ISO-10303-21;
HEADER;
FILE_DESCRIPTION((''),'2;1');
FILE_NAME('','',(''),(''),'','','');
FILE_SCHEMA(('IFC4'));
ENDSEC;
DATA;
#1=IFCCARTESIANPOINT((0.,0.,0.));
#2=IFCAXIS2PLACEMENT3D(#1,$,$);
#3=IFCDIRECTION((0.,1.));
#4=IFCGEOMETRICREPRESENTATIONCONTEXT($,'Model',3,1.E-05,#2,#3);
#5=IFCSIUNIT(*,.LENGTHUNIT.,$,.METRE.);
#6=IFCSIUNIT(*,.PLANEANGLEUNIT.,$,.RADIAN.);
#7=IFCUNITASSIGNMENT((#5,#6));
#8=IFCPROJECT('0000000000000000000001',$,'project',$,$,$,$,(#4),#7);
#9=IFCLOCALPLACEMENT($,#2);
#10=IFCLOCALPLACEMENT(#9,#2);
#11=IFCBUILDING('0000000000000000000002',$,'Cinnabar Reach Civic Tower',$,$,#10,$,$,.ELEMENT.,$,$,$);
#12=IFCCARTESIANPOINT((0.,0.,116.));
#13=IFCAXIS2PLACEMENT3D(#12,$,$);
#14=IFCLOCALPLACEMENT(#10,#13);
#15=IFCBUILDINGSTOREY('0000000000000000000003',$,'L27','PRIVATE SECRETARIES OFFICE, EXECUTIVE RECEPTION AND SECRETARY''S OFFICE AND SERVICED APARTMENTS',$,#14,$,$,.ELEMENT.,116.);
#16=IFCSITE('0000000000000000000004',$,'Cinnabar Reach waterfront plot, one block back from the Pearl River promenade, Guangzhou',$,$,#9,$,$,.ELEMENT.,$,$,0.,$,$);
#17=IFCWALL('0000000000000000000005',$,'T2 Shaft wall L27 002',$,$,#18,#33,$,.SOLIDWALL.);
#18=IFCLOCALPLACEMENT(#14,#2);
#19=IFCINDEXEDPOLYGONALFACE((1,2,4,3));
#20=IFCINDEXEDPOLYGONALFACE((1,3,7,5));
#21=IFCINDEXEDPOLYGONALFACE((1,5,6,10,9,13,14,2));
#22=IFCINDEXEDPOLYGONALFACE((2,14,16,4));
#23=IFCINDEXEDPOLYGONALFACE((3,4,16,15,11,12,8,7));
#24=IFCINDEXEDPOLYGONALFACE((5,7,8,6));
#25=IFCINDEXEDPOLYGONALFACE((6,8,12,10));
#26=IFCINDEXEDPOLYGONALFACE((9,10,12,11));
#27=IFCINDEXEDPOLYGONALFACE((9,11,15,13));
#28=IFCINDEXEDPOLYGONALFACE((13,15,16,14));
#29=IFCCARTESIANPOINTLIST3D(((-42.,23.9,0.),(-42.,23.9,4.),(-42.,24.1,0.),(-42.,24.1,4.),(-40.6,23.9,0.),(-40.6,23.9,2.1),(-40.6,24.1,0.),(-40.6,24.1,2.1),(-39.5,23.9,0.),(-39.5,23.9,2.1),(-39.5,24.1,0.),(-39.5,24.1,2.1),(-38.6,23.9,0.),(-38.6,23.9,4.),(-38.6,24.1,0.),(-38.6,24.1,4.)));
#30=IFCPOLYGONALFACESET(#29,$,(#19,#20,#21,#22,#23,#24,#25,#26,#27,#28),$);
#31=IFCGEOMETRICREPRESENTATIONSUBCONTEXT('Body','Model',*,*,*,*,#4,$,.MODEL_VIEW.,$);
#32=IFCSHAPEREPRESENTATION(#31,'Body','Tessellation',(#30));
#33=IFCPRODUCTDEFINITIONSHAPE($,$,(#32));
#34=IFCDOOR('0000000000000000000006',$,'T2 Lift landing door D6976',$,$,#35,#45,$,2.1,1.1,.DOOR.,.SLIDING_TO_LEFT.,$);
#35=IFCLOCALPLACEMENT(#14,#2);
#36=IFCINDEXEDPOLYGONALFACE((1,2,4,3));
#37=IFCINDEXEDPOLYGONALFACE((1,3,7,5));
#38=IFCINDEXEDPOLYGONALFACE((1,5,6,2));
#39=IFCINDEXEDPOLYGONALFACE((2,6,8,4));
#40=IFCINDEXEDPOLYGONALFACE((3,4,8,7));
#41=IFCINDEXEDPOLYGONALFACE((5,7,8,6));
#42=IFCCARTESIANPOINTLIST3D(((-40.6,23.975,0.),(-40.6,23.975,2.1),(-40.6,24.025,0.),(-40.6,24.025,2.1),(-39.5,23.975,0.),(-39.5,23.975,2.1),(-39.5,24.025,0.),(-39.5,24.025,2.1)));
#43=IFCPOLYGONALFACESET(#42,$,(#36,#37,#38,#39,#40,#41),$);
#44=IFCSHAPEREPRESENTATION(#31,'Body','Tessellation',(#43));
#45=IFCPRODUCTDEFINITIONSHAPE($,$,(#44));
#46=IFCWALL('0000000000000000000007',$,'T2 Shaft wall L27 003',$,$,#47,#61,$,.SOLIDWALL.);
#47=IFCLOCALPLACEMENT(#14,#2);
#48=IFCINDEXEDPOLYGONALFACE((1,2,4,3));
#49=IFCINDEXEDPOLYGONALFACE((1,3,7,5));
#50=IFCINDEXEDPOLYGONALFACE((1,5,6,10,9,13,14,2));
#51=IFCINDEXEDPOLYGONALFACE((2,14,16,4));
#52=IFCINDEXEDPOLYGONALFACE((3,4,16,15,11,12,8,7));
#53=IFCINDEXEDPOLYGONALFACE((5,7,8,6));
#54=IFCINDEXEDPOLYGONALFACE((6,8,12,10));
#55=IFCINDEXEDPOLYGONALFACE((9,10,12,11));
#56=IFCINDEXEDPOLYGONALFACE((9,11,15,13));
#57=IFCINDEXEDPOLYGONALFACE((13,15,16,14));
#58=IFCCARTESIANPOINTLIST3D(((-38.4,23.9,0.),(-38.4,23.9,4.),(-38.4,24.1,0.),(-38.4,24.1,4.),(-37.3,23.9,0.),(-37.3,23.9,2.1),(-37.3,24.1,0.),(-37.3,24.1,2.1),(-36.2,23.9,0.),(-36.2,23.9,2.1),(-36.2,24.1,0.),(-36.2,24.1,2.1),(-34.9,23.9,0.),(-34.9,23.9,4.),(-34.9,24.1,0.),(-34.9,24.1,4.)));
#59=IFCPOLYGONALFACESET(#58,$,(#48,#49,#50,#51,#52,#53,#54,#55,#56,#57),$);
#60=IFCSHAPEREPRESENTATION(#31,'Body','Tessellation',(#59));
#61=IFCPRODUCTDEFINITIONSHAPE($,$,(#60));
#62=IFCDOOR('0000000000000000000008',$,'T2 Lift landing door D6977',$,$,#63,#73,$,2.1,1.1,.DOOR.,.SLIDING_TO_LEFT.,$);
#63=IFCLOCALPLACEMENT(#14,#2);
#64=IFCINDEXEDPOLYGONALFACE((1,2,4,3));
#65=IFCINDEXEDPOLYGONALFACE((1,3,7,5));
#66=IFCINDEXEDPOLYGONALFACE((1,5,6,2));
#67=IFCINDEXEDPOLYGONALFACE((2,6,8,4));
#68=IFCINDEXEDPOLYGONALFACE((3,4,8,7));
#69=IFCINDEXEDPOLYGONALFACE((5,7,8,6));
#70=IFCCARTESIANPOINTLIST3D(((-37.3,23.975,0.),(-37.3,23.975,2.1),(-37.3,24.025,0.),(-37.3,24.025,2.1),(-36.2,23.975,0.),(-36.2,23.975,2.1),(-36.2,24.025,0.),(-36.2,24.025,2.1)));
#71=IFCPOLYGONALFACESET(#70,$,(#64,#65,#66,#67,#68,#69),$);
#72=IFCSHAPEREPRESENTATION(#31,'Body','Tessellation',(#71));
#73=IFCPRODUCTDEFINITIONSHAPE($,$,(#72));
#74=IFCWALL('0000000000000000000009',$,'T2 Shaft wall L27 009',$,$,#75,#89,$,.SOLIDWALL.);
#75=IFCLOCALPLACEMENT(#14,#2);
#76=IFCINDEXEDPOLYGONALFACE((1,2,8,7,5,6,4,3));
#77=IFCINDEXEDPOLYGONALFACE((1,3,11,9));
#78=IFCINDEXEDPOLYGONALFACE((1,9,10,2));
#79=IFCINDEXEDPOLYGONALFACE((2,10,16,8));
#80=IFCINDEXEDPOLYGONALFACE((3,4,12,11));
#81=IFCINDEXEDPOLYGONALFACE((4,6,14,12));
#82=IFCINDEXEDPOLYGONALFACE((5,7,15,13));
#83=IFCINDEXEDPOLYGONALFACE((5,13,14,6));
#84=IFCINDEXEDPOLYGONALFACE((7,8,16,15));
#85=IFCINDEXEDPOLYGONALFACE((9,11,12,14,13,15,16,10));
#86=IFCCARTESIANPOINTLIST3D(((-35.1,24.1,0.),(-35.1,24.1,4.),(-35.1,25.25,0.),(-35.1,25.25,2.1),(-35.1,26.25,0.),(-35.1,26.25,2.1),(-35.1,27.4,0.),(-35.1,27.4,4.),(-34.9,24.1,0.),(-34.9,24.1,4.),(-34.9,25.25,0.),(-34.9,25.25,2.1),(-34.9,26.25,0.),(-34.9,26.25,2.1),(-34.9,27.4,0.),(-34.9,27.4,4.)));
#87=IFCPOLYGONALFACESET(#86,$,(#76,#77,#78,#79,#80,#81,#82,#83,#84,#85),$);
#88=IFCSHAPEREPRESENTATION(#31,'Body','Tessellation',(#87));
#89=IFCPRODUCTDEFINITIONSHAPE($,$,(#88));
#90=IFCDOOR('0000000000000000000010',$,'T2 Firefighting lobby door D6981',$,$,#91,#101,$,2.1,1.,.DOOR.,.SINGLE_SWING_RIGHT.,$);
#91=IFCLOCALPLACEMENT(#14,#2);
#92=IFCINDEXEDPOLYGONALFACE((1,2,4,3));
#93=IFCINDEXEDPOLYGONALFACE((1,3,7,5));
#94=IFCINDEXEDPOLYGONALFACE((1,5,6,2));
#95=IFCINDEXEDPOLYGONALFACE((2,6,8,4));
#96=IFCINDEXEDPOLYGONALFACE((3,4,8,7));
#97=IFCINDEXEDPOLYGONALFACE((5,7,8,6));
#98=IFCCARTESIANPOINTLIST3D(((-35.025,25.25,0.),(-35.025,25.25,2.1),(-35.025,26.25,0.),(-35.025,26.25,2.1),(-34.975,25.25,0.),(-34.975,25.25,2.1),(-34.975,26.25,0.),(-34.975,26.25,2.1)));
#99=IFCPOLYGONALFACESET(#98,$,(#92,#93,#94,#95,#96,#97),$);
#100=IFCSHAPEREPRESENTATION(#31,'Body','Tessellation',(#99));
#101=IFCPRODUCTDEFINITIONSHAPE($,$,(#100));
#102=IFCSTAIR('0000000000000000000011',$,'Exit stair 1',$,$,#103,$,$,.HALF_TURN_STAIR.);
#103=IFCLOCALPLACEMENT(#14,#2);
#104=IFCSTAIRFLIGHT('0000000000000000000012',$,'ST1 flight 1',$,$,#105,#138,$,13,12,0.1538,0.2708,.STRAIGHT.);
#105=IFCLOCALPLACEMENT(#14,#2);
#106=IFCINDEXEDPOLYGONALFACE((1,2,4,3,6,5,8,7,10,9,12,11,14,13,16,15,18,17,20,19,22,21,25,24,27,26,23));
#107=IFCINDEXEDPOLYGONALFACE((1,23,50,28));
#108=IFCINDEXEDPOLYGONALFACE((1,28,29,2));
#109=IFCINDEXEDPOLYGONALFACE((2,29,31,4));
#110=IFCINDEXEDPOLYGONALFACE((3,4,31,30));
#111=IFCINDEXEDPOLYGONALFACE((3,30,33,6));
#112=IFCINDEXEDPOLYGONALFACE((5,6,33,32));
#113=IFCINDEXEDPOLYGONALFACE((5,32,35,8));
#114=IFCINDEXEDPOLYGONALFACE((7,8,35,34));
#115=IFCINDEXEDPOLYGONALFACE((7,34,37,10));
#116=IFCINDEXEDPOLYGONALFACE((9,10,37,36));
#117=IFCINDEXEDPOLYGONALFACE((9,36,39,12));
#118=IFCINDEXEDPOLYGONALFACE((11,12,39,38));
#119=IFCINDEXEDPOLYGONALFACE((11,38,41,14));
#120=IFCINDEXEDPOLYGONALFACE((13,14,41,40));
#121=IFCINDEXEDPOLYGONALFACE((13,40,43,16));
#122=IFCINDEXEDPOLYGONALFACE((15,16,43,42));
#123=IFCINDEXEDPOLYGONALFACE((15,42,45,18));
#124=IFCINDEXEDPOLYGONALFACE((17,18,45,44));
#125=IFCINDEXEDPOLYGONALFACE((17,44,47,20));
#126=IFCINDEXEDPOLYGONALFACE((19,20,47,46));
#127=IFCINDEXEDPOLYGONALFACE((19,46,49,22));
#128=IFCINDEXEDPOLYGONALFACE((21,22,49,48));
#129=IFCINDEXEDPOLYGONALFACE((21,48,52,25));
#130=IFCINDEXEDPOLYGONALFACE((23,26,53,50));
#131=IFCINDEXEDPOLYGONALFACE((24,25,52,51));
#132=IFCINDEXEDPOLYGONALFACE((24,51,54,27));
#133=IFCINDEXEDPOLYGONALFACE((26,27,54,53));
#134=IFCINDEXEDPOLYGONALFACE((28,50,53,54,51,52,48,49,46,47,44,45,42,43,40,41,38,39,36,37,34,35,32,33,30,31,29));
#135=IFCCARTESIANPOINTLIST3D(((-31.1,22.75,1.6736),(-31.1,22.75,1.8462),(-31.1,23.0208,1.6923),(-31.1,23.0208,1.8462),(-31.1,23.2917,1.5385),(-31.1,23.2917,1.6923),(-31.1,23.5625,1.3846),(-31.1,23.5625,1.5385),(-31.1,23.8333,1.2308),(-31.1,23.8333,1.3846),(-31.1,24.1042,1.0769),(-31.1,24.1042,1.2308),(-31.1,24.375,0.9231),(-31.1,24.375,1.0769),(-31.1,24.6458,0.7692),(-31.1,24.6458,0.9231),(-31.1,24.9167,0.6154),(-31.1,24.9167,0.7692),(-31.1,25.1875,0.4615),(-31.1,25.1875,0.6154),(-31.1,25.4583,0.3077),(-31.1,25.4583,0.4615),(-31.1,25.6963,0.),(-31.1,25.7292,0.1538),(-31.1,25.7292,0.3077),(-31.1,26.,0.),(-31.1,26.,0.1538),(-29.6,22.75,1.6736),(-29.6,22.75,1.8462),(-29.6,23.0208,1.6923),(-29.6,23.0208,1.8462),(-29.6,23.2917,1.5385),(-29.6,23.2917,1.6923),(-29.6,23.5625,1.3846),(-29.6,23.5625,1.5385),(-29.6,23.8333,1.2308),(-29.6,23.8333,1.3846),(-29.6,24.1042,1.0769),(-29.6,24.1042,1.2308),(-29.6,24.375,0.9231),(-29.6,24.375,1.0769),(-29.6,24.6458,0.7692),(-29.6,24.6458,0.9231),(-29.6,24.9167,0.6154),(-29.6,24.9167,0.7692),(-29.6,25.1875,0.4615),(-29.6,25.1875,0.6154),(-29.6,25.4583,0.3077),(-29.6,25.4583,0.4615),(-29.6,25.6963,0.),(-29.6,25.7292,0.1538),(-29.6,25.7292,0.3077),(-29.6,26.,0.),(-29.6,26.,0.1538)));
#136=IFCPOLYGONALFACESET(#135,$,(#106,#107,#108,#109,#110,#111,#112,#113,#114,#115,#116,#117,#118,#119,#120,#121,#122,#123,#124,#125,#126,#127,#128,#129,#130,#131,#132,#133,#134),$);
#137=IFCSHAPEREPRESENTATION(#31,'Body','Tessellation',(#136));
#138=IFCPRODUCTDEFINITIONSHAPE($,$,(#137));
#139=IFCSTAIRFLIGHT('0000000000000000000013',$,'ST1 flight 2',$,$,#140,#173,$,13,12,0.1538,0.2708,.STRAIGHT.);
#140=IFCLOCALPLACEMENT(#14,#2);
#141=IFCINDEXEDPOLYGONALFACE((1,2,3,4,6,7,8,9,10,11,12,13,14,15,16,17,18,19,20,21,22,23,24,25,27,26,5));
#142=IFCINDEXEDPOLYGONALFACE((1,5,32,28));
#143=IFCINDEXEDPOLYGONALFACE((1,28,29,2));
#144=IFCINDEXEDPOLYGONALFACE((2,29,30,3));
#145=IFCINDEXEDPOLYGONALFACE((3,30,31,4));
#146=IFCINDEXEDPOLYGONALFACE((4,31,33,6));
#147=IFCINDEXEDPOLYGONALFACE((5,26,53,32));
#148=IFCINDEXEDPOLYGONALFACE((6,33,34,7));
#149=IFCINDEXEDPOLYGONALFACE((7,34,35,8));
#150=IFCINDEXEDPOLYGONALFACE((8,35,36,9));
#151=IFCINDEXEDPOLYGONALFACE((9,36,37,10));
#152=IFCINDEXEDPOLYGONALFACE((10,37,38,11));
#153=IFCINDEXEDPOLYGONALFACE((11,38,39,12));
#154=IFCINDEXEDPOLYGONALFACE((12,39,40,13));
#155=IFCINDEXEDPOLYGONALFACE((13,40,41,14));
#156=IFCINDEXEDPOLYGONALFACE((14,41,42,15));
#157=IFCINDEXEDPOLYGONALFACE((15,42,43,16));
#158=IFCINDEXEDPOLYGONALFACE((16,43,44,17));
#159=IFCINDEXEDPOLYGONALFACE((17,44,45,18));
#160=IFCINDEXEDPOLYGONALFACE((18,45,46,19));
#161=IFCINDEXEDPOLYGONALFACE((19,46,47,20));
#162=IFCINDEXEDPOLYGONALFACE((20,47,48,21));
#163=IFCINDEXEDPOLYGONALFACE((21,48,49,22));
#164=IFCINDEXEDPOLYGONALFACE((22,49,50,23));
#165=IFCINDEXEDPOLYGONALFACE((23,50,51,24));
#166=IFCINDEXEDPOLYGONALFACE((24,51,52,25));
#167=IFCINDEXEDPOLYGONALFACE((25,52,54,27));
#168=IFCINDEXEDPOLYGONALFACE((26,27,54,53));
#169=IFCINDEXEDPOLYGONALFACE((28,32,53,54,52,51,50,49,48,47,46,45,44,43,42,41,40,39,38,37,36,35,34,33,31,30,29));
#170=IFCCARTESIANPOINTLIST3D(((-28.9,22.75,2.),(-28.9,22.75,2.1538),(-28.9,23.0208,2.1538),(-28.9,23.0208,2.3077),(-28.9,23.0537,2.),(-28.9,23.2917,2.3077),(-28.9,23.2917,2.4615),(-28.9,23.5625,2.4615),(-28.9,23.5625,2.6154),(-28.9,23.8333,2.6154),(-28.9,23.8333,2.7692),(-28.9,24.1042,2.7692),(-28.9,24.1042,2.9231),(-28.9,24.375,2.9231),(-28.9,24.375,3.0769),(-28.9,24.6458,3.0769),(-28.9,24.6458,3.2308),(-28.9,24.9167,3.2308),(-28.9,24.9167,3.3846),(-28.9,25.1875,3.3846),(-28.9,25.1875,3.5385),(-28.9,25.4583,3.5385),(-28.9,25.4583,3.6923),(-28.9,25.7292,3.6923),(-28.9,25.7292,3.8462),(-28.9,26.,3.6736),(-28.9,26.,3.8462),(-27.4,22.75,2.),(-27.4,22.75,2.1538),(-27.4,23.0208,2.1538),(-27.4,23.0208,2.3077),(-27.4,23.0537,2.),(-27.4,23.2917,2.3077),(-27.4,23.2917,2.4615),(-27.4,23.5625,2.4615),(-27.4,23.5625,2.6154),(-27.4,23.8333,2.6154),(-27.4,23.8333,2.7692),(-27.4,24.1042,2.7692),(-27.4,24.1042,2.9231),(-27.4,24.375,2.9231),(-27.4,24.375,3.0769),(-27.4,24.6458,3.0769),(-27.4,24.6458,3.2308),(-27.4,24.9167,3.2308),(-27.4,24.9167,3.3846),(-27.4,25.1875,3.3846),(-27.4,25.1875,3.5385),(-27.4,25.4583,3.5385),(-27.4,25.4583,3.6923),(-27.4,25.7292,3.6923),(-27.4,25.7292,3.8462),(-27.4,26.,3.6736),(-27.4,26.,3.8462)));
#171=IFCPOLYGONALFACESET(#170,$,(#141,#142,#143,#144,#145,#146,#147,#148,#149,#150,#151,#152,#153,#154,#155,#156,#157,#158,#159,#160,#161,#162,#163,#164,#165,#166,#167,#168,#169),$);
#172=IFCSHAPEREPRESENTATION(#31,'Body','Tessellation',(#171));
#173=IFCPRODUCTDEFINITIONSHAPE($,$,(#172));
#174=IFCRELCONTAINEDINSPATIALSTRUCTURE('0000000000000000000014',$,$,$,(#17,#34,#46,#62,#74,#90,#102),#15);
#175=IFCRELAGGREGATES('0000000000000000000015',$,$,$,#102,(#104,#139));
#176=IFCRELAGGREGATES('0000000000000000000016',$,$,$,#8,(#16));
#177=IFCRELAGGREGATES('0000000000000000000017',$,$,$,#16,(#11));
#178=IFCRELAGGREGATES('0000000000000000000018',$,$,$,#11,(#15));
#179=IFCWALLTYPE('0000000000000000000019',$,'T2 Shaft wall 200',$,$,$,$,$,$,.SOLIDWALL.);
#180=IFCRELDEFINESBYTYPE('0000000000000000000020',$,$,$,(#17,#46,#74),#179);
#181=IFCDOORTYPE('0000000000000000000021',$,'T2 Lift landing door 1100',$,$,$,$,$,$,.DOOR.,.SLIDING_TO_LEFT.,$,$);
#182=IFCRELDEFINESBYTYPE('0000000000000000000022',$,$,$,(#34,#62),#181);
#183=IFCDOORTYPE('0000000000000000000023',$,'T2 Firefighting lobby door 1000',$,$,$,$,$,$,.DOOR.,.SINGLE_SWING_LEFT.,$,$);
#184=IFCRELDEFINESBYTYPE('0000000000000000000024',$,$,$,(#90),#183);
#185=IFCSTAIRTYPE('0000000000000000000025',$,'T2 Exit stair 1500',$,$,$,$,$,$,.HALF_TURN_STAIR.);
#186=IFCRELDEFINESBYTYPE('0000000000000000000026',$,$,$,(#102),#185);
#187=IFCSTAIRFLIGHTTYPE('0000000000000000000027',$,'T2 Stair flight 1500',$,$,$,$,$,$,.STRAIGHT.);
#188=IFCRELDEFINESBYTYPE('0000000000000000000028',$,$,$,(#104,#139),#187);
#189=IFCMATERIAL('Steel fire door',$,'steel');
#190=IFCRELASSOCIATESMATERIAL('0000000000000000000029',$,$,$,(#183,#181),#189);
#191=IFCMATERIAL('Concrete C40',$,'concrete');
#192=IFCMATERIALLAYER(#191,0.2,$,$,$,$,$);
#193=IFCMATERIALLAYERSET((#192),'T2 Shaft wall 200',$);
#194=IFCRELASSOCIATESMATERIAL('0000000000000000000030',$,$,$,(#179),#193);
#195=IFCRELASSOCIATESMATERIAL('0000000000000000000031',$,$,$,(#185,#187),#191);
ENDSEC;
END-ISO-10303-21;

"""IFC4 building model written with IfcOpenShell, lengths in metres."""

from ifc_helpers import new_model, si_unit, direction, frame, frame_2d, origin, place, context, subcontext, project, spatial, polyline, rectangle, outline, extrude, material, layer, layer_set, type_object, element, fill, aggregate, save


model = new_model("IFC4")

# Units and contexts
model_context = context("Model", 3, precision=1e-05, world=origin(), true_north=direction((0.0, 1.0)))
body_context = subcontext(model_context, "Body", "Model", "MODEL_VIEW")
ifc_project = project(units=[si_unit("LENGTHUNIT", "METRE"), si_unit("PLANEANGLEUNIT", "RADIAN")], contexts=[model_context])

# Site, building, storey
site_placement = place(None, origin())
site = spatial("IfcSite", under=ifc_project, at=site_placement, Name="Cinnabar Reach waterfront plot, one block back from the Pearl River promenade, Guangzhou", CompositionType="ELEMENT", RefElevation=0.0)
building_placement = place(site_placement, origin())
building = spatial("IfcBuilding", under=site, at=building_placement, Name="Cinnabar Reach Civic Tower", CompositionType="ELEMENT")
storey_placement = place(building_placement, frame((0.0, 0.0, 116.0)))
storey = spatial("IfcBuildingStorey", under=building, at=storey_placement, Name="L27", Description="PRIVATE SECRETARIES OFFICE, EXECUTIVE RECEPTION AND SECRETARY'S OFFICE AND SERVICED APARTMENTS", CompositionType="ELEMENT", Elevation=116.0)

# Shared definitions
ifc_material_1 = material(Name="Steel fire door", Category="steel")
door_type_1 = type_object("IfcDoorType", Name="T2 Firefighting lobby door 1000", OperationType="SINGLE_SWING_LEFT", PredefinedType="DOOR", material=ifc_material_1)

# Shared definitions
ifc_material_2 = material(Name="Concrete C40", Category="concrete")
ifc_layer_1 = layer(ifc_material_2, 0.2)
ifc_layer_set_1 = layer_set([ifc_layer_1], Name="T2 Shaft wall 200")
wall_type_1 = type_object("IfcWallType", Name="T2 Shaft wall 200", PredefinedType="SOLIDWALL", material=ifc_layer_set_1)

# Walls, openings, doors
wall_1_placement = place(storey_placement, frame((-38.6, 24.0, 0.0), z_axis=(0.0, 0.0, 1.0), x_axis=(-1.0, 0.0, 0.0)))
wall_1 = element("IfcWall", 1, at=wall_1_placement, inside=storey, type_object=wall_type_1, Name="T2 Shaft wall L27 002", PredefinedType="SOLIDWALL", context=body_context, shape_type="SweptSolid", body=[
    extrude(rectangle(XDim=3.4, YDim=0.2, at=frame_2d((1.7, 0.0))), origin(), (0.0, 0.0, 1.0), 4.0),
])
opening_1_placement = place(wall_1_placement, frame((0.9, 0.0, 0.0)))
opening_1 = element("IfcOpeningElement", 2, at=opening_1_placement, cuts=wall_1, PredefinedType="OPENING", context=body_context, shape_type="SweptSolid", body=[
    extrude(rectangle(XDim=1.1, YDim=2.1, at=frame_2d((0.55, 1.05))), frame((0.0, 0.11, 0.0), z_axis=(0.0, -1.0, 0.0), x_axis=(1.0, 0.0, 0.0)), (0.0, 0.0, 1.0), 0.22),
])
door_type_2 = type_object("IfcDoorType", Name="T2 Lift landing door 1100", OperationType="SLIDING_TO_LEFT", PredefinedType="DOOR", material=ifc_material_1)
door_1_placement = place(opening_1_placement, origin())
door_1 = element("IfcDoor", 3, at=door_1_placement, inside=storey, type_object=door_type_2, Name="T2 Lift landing door D6976", OperationType="SLIDING_TO_LEFT", OverallHeight=2.1, OverallWidth=1.1, PredefinedType="DOOR", context=body_context, shape_type="SweptSolid", body=[
    extrude(rectangle(XDim=1.1, YDim=2.1, at=frame_2d((0.55, 1.05))), frame((0.0, 0.025, 0.0), z_axis=(0.0, -1.0, 0.0), x_axis=(1.0, 0.0, 0.0)), (0.0, 0.0, 1.0), 0.05),
])
fill(opening_1, door_1)
wall_2_placement = place(storey_placement, frame((-34.9, 24.0, 0.0), z_axis=(0.0, 0.0, 1.0), x_axis=(-1.0, 0.0, 0.0)))
wall_2 = element("IfcWall", 4, at=wall_2_placement, inside=storey, type_object=wall_type_1, Name="T2 Shaft wall L27 003", PredefinedType="SOLIDWALL", context=body_context, shape_type="SweptSolid", body=[
    extrude(rectangle(XDim=3.5, YDim=0.2, at=frame_2d((1.75, 0.0))), origin(), (0.0, 0.0, 1.0), 4.0),
])
opening_2_placement = place(wall_2_placement, frame((1.3, 0.0, 0.0)))
opening_2 = element("IfcOpeningElement", 5, at=opening_2_placement, cuts=wall_2, PredefinedType="OPENING", context=body_context, shape_type="SweptSolid", body=[
    extrude(rectangle(XDim=1.1, YDim=2.1, at=frame_2d((0.55, 1.05))), frame((0.0, 0.11, 0.0), z_axis=(0.0, -1.0, 0.0), x_axis=(1.0, 0.0, 0.0)), (0.0, 0.0, 1.0), 0.22),
])
door_2_placement = place(opening_2_placement, origin())
door_2 = element("IfcDoor", 6, at=door_2_placement, inside=storey, type_object=door_type_2, Name="T2 Lift landing door D6977", OperationType="SLIDING_TO_LEFT", OverallHeight=2.1, OverallWidth=1.1, PredefinedType="DOOR", context=body_context, shape_type="SweptSolid", body=[
    extrude(rectangle(XDim=1.1, YDim=2.1, at=frame_2d((0.55, 1.05))), frame((0.0, 0.025, 0.0), z_axis=(0.0, -1.0, 0.0), x_axis=(1.0, 0.0, 0.0)), (0.0, 0.0, 1.0), 0.05),
])
fill(opening_2, door_2)
wall_3_placement = place(storey_placement, frame((-35.0, 24.1, 0.0), z_axis=(0.0, 0.0, 1.0), x_axis=(0.0, 1.0, 0.0)))
wall_3 = element("IfcWall", 7, at=wall_3_placement, inside=storey, type_object=wall_type_1, Name="T2 Shaft wall L27 009", PredefinedType="SOLIDWALL", context=body_context, shape_type="SweptSolid", body=[
    extrude(rectangle(XDim=3.3, YDim=0.2, at=frame_2d((1.65, 0.0))), origin(), (0.0, 0.0, 1.0), 4.0),
])
opening_3_placement = place(wall_3_placement, frame((1.15, 0.0, 0.0)))
opening_3 = element("IfcOpeningElement", 8, at=opening_3_placement, cuts=wall_3, PredefinedType="OPENING", context=body_context, shape_type="SweptSolid", body=[
    extrude(rectangle(XDim=1.0, YDim=2.1, at=frame_2d((0.5, 1.05))), frame((0.0, 0.11, 0.0), z_axis=(0.0, -1.0, 0.0), x_axis=(1.0, 0.0, 0.0)), (0.0, 0.0, 1.0), 0.22),
])
door_3_placement = place(opening_3_placement, origin())
door_3 = element("IfcDoor", 9, at=door_3_placement, inside=storey, type_object=door_type_1, Name="T2 Firefighting lobby door D6981", OperationType="SINGLE_SWING_RIGHT", OverallHeight=2.1, OverallWidth=1.0, PredefinedType="DOOR", context=body_context, shape_type="SweptSolid", body=[
    extrude(rectangle(XDim=1.0, YDim=2.1, at=frame_2d((0.5, 1.05))), frame((0.0, 0.025, 0.0), z_axis=(0.0, -1.0, 0.0), x_axis=(1.0, 0.0, 0.0)), (0.0, 0.0, 1.0), 0.05),
])
fill(opening_3, door_3)

# Stair, stair flights
stair_type = type_object("IfcStairType", Name="T2 Exit stair 1500", PredefinedType="HALF_TURN_STAIR", material=ifc_material_2)
stair_placement = place(storey_placement, origin())
stair = element("IfcStair", 10, at=stair_placement, inside=storey, type_object=stair_type, Name="Exit stair 1", PredefinedType="HALF_TURN_STAIR")
stair_flight_type = type_object("IfcStairFlightType", Name="T2 Stair flight 1500", PredefinedType="STRAIGHT", material=ifc_material_2)
stair_flight_1_placement = place(storey_placement, frame((-30.35, 26.0, 0.0), z_axis=(0.0, 0.0, 1.0), x_axis=(0.0, -1.0, 0.0)))
stair_flight_1 = element("IfcStairFlight", 11, at=stair_flight_1_placement, type_object=stair_flight_type, Name="ST1 flight 1", NumberOfRisers=13, NumberOfTreads=12, PredefinedType="STRAIGHT", RiserHeight=0.1538, TreadLength=0.2708, context=body_context, shape_type="SweptSolid", body=[
    extrude(outline(polyline([(0.0, 0.0), (0.0, 0.1538), (0.2708, 0.1538), (0.2708, 0.3077), (0.5417, 0.3077), (0.5417, 0.4615), (0.8125, 0.4615), (0.8125, 0.6154), (1.0833, 0.6154), (1.0833, 0.7692), (1.3542, 0.7692), (1.3542, 0.9231), (1.625, 0.9231), (1.625, 1.0769), (1.8958, 1.0769), (1.8958, 1.2308), (2.1667, 1.2308), (2.1667, 1.3846), (2.4375, 1.3846), (2.4375, 1.5385), (2.7083, 1.5385), (2.7083, 1.6923), (2.9792, 1.6923), (2.9792, 1.8462), (3.25, 1.8462), (3.25, 2.0), (3.25, 1.6736), (0.3037, 0.0), (0.0, 0.0)])), frame((0.0, 0.75, 0.0), z_axis=(0.0, -1.0, 0.0), x_axis=(1.0, 0.0, 0.0)), (0.0, 0.0, 1.0), 1.5),
])
stair_flight_2_placement = place(storey_placement, frame((-28.15, 22.75, 2.0), z_axis=(0.0, 0.0, 1.0), x_axis=(0.0, 1.0, 0.0)))
stair_flight_2 = element("IfcStairFlight", 12, at=stair_flight_2_placement, type_object=stair_flight_type, Name="ST1 flight 2", NumberOfRisers=13, NumberOfTreads=12, PredefinedType="STRAIGHT", RiserHeight=0.1538, TreadLength=0.2708, context=body_context, shape_type="SweptSolid", body=[
    extrude(outline(polyline([(0.0, 0.0), (0.0, 0.1538), (0.2708, 0.1538), (0.2708, 0.3077), (0.5417, 0.3077), (0.5417, 0.4615), (0.8125, 0.4615), (0.8125, 0.6154), (1.0833, 0.6154), (1.0833, 0.7692), (1.3542, 0.7692), (1.3542, 0.9231), (1.625, 0.9231), (1.625, 1.0769), (1.8958, 1.0769), (1.8958, 1.2308), (2.1667, 1.2308), (2.1667, 1.3846), (2.4375, 1.3846), (2.4375, 1.5385), (2.7083, 1.5385), (2.7083, 1.6923), (2.9792, 1.6923), (2.9792, 1.8462), (3.25, 1.8462), (3.25, 2.0), (3.25, 1.6736), (0.3037, 0.0), (0.0, 0.0)])), frame((0.0, 0.75, 0.0), z_axis=(0.0, -1.0, 0.0), x_axis=(1.0, 0.0, 0.0)), (0.0, 0.0, 1.0), 1.5),
])
aggregate(stair, [stair_flight_1, stair_flight_2])

save(model, "model.ifc")
